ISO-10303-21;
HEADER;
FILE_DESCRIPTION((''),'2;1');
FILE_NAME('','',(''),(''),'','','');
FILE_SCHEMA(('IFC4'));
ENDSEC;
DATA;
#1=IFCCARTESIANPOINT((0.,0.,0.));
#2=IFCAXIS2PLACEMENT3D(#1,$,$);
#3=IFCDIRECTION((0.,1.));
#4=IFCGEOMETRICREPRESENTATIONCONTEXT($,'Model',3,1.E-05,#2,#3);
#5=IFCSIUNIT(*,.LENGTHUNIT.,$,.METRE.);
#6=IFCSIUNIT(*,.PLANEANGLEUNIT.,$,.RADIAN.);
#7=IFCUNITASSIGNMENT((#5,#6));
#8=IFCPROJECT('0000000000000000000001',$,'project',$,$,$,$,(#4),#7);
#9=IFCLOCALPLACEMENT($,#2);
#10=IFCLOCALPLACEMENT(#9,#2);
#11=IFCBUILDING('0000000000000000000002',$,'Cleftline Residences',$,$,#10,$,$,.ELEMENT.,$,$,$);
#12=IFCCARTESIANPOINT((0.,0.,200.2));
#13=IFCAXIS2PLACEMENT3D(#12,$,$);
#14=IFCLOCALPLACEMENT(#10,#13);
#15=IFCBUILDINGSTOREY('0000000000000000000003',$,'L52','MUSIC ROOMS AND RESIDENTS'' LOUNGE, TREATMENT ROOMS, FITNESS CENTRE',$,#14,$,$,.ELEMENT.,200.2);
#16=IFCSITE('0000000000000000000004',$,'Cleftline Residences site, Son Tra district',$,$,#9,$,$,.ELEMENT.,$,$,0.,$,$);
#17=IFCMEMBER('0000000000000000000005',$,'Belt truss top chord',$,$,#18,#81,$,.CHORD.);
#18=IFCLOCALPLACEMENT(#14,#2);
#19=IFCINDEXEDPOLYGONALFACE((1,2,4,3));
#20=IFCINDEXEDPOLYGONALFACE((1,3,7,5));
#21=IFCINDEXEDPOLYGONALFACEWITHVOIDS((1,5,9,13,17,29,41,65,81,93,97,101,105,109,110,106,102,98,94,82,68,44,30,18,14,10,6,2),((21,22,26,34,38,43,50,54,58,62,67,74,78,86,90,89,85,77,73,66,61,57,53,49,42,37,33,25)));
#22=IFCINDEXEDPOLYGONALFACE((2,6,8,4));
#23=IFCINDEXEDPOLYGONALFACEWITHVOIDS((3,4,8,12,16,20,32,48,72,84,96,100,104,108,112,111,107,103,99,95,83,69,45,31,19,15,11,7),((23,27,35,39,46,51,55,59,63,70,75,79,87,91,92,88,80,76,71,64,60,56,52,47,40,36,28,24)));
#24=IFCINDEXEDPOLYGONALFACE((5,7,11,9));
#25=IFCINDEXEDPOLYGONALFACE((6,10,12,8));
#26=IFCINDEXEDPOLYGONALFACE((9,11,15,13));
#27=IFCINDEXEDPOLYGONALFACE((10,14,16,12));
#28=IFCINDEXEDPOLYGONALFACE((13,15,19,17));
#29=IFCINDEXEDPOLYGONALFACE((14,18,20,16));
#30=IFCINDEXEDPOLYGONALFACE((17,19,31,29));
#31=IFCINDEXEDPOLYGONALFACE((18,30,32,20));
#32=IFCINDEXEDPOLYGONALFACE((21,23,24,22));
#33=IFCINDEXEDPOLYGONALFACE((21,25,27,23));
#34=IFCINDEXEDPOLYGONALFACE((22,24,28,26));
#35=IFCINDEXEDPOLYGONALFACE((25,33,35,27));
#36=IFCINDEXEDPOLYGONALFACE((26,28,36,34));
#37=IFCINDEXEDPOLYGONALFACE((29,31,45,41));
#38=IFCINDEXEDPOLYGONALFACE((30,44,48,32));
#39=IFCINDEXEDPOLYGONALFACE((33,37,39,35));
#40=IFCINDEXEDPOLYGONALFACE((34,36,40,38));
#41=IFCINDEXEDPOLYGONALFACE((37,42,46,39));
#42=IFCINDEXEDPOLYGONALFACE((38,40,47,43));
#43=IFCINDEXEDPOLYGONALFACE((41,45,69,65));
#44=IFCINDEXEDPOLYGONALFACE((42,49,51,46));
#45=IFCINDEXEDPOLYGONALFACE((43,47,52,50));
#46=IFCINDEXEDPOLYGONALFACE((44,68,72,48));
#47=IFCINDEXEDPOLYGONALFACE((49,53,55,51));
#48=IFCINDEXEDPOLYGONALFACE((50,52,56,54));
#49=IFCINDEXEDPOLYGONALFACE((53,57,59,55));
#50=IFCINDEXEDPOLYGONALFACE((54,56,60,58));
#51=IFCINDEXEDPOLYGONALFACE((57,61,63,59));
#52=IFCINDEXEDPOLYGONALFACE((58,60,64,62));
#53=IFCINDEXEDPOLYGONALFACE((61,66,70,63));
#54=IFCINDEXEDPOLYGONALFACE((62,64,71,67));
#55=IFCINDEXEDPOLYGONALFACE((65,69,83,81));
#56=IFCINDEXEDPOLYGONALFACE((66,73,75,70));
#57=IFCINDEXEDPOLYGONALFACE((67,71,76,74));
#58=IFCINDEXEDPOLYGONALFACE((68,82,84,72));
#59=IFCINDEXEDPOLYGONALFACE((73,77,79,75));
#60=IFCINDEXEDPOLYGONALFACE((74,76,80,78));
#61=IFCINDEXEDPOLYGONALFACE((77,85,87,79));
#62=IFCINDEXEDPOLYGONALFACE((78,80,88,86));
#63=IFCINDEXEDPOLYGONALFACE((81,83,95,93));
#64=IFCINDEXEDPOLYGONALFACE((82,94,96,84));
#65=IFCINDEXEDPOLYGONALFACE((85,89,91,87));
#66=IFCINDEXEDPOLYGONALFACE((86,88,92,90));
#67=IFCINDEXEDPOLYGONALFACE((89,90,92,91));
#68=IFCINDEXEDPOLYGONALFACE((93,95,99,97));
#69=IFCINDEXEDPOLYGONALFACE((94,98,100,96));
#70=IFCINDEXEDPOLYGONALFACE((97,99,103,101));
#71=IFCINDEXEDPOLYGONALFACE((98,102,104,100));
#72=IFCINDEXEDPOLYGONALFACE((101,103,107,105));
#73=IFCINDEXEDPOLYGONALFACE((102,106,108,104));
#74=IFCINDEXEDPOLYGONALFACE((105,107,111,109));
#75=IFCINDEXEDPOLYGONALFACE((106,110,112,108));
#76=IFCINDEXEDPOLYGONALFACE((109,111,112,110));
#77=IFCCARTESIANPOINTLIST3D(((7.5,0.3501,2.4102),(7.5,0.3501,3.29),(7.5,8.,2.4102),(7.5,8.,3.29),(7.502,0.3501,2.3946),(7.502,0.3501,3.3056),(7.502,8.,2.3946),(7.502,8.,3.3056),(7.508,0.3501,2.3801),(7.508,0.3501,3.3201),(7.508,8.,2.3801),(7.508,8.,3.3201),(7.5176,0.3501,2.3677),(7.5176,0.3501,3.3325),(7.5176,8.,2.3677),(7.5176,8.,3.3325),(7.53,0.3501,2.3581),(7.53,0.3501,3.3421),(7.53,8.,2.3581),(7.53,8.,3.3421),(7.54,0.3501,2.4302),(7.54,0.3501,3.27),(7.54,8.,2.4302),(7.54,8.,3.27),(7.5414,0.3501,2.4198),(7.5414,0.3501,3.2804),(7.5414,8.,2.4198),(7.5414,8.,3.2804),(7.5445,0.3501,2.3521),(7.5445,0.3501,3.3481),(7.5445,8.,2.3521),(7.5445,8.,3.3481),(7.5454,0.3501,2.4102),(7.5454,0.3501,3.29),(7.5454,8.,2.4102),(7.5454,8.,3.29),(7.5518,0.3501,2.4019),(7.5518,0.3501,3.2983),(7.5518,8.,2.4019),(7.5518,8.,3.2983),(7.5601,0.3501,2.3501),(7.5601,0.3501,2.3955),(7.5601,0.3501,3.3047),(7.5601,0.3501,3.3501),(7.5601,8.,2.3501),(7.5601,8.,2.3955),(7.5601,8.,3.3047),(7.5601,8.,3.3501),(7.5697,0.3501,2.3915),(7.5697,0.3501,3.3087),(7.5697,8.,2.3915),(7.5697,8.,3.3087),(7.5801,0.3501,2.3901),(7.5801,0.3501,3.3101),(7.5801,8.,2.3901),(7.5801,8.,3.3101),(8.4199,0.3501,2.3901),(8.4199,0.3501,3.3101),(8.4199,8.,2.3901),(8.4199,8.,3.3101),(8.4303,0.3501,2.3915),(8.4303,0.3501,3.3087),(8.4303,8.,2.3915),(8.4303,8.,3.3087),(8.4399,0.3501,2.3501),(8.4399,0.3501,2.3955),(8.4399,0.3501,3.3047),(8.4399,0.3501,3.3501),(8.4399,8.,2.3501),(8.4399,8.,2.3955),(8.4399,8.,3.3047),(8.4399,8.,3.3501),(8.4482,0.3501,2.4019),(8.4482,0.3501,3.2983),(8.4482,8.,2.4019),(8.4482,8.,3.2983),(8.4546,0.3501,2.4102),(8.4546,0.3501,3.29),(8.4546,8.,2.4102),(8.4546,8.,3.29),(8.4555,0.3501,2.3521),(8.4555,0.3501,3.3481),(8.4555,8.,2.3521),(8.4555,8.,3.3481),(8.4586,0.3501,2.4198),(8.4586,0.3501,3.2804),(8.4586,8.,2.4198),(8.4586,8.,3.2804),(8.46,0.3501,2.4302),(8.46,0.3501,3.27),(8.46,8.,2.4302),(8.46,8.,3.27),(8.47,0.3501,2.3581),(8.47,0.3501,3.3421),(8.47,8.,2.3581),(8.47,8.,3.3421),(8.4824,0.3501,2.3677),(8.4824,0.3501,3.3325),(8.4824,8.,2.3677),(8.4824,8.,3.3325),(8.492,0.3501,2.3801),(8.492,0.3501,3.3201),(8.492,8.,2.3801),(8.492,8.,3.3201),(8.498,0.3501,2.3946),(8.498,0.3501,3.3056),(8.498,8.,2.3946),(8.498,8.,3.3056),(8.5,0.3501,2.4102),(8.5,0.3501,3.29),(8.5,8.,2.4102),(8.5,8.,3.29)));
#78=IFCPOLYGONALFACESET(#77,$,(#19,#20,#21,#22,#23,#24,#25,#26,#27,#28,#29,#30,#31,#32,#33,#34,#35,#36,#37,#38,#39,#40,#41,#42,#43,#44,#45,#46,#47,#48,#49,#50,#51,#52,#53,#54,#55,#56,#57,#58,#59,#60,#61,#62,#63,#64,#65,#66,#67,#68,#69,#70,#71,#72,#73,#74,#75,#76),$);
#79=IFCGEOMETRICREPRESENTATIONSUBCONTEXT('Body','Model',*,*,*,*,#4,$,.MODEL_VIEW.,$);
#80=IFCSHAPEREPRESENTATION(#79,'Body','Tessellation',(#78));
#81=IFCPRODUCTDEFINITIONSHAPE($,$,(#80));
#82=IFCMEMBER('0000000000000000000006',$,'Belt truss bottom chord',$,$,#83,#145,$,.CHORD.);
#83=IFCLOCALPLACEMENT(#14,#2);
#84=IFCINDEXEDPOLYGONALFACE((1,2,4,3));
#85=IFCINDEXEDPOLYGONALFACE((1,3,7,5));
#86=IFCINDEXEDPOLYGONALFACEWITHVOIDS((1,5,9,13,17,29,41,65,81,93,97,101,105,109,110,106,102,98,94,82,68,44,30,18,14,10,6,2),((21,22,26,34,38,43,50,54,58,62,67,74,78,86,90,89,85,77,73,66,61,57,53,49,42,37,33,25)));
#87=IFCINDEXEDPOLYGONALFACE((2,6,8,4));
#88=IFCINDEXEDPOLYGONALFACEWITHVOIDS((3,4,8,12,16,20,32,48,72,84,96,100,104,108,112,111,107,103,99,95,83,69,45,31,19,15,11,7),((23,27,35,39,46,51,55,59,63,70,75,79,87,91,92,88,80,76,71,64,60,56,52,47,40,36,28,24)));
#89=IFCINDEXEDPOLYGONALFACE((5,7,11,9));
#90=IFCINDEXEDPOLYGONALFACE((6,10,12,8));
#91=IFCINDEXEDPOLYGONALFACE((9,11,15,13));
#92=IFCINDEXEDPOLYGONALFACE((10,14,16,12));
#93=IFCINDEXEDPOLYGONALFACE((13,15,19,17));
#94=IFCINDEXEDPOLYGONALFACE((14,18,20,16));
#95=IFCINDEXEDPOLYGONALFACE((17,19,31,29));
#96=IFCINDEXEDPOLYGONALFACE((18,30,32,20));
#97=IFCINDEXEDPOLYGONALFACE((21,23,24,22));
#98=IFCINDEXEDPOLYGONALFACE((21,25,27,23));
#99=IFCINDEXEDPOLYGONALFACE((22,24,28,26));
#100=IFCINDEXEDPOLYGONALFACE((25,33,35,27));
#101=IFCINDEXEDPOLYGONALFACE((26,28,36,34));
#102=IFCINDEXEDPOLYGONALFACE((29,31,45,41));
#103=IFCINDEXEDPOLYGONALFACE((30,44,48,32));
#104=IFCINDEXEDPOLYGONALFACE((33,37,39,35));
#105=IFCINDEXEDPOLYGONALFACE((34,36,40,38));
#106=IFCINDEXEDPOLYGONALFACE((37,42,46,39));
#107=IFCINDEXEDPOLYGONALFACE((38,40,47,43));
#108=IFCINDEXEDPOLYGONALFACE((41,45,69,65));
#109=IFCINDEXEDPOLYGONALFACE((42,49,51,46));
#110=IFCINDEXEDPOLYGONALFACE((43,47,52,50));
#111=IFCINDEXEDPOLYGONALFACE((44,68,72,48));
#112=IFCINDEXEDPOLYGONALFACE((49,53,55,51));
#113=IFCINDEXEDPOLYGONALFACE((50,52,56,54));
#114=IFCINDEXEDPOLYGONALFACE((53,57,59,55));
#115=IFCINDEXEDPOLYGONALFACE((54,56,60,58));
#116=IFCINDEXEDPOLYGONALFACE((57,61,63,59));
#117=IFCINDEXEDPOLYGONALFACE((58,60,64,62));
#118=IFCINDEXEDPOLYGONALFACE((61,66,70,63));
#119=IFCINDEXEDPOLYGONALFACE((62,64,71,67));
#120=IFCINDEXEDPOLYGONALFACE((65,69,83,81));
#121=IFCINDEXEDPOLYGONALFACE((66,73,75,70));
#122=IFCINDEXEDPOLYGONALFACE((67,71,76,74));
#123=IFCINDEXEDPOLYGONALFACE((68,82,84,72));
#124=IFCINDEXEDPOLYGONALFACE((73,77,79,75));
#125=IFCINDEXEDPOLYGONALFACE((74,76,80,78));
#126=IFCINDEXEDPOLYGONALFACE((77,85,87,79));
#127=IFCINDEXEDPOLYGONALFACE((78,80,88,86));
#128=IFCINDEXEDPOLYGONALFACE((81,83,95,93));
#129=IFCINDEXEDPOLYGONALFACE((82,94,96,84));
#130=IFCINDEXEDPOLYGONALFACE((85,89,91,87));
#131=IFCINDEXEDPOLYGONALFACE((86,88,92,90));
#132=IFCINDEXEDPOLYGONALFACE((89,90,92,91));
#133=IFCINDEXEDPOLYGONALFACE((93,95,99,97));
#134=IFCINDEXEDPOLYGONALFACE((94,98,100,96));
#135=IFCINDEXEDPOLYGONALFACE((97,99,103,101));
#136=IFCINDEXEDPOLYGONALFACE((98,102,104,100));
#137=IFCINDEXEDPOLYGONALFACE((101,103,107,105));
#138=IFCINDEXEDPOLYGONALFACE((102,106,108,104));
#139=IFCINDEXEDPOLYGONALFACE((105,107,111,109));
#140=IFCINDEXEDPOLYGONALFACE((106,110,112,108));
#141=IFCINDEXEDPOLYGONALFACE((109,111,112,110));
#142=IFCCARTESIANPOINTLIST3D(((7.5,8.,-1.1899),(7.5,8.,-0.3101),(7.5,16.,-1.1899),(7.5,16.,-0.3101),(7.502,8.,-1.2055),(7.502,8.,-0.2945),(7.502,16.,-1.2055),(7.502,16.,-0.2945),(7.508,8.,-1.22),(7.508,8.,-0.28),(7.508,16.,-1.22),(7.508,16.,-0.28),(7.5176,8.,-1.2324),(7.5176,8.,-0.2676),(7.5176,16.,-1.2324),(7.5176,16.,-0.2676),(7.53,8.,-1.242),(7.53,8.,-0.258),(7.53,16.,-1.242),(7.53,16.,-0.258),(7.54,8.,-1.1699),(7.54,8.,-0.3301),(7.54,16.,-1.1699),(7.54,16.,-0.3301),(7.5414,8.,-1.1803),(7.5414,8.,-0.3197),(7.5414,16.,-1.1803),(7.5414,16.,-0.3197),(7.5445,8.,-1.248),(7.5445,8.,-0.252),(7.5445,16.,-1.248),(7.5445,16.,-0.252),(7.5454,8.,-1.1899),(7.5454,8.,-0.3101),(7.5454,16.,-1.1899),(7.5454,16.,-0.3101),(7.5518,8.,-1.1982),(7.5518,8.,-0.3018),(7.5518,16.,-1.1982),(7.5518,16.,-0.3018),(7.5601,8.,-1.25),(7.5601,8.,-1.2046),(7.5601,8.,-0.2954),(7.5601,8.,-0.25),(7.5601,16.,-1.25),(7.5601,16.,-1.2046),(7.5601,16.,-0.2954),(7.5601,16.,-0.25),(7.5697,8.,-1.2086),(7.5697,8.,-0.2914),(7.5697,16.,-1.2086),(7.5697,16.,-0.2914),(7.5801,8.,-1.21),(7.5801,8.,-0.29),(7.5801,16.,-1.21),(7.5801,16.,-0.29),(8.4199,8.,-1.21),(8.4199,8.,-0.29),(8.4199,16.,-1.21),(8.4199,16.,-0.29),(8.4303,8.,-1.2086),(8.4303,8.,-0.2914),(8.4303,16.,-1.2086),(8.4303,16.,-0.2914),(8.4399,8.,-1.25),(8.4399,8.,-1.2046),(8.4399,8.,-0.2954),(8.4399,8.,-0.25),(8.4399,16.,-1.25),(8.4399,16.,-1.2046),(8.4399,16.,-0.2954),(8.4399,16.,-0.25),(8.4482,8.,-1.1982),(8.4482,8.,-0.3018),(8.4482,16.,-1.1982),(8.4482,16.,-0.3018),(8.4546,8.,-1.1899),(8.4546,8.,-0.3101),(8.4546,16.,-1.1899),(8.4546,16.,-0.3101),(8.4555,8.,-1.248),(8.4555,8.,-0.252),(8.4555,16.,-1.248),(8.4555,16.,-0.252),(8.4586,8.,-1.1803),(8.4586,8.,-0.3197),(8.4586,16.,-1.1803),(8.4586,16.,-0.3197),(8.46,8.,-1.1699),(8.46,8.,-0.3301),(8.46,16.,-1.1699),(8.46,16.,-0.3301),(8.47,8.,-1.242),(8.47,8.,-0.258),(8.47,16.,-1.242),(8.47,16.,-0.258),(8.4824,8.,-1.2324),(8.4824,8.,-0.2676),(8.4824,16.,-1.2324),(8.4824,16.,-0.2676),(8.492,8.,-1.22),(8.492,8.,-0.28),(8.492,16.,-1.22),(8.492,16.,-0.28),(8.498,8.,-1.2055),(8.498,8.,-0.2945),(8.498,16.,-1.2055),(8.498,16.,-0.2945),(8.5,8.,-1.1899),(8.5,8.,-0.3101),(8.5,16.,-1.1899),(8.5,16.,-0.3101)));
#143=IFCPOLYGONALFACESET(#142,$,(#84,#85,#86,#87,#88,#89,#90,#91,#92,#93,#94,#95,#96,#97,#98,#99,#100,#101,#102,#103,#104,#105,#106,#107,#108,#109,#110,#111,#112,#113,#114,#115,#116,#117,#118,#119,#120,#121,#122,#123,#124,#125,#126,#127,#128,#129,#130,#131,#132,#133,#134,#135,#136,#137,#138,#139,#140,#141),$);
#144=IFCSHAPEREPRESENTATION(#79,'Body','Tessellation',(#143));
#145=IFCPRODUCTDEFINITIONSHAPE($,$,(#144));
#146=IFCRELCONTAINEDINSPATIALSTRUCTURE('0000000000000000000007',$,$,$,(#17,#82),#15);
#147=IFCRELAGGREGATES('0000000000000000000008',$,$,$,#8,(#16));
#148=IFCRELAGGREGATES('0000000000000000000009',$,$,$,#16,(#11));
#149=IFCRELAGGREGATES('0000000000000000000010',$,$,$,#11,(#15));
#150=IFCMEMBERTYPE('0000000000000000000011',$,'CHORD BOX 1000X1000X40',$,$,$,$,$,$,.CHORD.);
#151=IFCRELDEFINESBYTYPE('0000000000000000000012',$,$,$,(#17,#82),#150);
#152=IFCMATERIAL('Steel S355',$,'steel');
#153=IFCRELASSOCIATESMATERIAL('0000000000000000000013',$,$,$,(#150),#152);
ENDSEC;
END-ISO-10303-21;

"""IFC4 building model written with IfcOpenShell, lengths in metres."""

from ifc_helpers import new_model, si_unit, direction, frame, origin, origin_2d, place, context, subcontext, project, spatial, hollow_rectangle, extrude, material, material_profile, profile_set, type_object, element, save


model = new_model("IFC4")

# Units and contexts
model_context = context("Model", 3, precision=1e-05, world=origin(), true_north=direction((0.0, 1.0)))
body_context = subcontext(model_context, "Body", "Model", "MODEL_VIEW")
ifc_project = project(units=[si_unit("LENGTHUNIT", "METRE"), si_unit("PLANEANGLEUNIT", "RADIAN")], contexts=[model_context])

# Site, building, storey
site_placement = place(None, origin())
site = spatial("IfcSite", under=ifc_project, at=site_placement, Name="Cleftline Residences site, Son Tra district", CompositionType="ELEMENT", RefElevation=0.0)
building_placement = place(site_placement, origin())
building = spatial("IfcBuilding", under=site, at=building_placement, Name="Cleftline Residences", CompositionType="ELEMENT")
storey_placement = place(building_placement, frame((0.0, 0.0, 200.2)))
storey = spatial("IfcBuildingStorey", under=building, at=storey_placement, Name="L52", Description="MUSIC ROOMS AND RESIDENTS' LOUNGE, TREATMENT ROOMS, FITNESS CENTRE", CompositionType="ELEMENT", Elevation=200.2)

# Members
ifc_material_1 = material(Name="Steel S355", Category="steel")
ifc_material_profile_1 = material_profile(ifc_material_1, hollow_rectangle(XDim=1.0, YDim=1.0, WallThickness=0.04, InnerFilletRadius=0.04, OuterFilletRadius=0.0601, at=origin_2d()))
ifc_profile_set_1 = profile_set([ifc_material_profile_1], Name="Steel S355")
member_type_1 = type_object("IfcMemberType", Name="CHORD BOX 1000X1000X40", PredefinedType="CHORD", material=ifc_profile_set_1)
for number, where, z_axis, x_axis, name in (
    (1, (8.0, 0.3501, 2.8501), (0.0, 1.0, 0.0), (-1.0, 0.0, 0.0), "Belt truss top chord"),
):
    element("IfcMember", number, at=place(storey_placement, frame(where, z_axis=z_axis, x_axis=x_axis)), inside=storey, type_object=member_type_1, Name=name, PredefinedType="CHORD", context=body_context, shape_type="SweptSolid", body=[
        extrude(hollow_rectangle(XDim=1.0, YDim=1.0, WallThickness=0.04, InnerFilletRadius=0.04, OuterFilletRadius=0.0601, at=origin_2d()), origin(), (0.0, 0.0, 1.0), 7.6499),
    ])
for number, where, z_axis, x_axis, name in (
    (2, (8.0, 8.0, -0.75), (0.0, 1.0, 0.0), (-1.0, 0.0, 0.0), "Belt truss bottom chord"),
):
    element("IfcMember", number, at=place(storey_placement, frame(where, z_axis=z_axis, x_axis=x_axis)), inside=storey, type_object=member_type_1, Name=name, PredefinedType="CHORD", context=body_context, shape_type="SweptSolid", body=[
        extrude(hollow_rectangle(XDim=1.0, YDim=1.0, WallThickness=0.04, InnerFilletRadius=0.04, OuterFilletRadius=0.0601, at=origin_2d()), origin(), (0.0, 0.0, 1.0), 8.0),
    ])

save(model, "model.ifc")
